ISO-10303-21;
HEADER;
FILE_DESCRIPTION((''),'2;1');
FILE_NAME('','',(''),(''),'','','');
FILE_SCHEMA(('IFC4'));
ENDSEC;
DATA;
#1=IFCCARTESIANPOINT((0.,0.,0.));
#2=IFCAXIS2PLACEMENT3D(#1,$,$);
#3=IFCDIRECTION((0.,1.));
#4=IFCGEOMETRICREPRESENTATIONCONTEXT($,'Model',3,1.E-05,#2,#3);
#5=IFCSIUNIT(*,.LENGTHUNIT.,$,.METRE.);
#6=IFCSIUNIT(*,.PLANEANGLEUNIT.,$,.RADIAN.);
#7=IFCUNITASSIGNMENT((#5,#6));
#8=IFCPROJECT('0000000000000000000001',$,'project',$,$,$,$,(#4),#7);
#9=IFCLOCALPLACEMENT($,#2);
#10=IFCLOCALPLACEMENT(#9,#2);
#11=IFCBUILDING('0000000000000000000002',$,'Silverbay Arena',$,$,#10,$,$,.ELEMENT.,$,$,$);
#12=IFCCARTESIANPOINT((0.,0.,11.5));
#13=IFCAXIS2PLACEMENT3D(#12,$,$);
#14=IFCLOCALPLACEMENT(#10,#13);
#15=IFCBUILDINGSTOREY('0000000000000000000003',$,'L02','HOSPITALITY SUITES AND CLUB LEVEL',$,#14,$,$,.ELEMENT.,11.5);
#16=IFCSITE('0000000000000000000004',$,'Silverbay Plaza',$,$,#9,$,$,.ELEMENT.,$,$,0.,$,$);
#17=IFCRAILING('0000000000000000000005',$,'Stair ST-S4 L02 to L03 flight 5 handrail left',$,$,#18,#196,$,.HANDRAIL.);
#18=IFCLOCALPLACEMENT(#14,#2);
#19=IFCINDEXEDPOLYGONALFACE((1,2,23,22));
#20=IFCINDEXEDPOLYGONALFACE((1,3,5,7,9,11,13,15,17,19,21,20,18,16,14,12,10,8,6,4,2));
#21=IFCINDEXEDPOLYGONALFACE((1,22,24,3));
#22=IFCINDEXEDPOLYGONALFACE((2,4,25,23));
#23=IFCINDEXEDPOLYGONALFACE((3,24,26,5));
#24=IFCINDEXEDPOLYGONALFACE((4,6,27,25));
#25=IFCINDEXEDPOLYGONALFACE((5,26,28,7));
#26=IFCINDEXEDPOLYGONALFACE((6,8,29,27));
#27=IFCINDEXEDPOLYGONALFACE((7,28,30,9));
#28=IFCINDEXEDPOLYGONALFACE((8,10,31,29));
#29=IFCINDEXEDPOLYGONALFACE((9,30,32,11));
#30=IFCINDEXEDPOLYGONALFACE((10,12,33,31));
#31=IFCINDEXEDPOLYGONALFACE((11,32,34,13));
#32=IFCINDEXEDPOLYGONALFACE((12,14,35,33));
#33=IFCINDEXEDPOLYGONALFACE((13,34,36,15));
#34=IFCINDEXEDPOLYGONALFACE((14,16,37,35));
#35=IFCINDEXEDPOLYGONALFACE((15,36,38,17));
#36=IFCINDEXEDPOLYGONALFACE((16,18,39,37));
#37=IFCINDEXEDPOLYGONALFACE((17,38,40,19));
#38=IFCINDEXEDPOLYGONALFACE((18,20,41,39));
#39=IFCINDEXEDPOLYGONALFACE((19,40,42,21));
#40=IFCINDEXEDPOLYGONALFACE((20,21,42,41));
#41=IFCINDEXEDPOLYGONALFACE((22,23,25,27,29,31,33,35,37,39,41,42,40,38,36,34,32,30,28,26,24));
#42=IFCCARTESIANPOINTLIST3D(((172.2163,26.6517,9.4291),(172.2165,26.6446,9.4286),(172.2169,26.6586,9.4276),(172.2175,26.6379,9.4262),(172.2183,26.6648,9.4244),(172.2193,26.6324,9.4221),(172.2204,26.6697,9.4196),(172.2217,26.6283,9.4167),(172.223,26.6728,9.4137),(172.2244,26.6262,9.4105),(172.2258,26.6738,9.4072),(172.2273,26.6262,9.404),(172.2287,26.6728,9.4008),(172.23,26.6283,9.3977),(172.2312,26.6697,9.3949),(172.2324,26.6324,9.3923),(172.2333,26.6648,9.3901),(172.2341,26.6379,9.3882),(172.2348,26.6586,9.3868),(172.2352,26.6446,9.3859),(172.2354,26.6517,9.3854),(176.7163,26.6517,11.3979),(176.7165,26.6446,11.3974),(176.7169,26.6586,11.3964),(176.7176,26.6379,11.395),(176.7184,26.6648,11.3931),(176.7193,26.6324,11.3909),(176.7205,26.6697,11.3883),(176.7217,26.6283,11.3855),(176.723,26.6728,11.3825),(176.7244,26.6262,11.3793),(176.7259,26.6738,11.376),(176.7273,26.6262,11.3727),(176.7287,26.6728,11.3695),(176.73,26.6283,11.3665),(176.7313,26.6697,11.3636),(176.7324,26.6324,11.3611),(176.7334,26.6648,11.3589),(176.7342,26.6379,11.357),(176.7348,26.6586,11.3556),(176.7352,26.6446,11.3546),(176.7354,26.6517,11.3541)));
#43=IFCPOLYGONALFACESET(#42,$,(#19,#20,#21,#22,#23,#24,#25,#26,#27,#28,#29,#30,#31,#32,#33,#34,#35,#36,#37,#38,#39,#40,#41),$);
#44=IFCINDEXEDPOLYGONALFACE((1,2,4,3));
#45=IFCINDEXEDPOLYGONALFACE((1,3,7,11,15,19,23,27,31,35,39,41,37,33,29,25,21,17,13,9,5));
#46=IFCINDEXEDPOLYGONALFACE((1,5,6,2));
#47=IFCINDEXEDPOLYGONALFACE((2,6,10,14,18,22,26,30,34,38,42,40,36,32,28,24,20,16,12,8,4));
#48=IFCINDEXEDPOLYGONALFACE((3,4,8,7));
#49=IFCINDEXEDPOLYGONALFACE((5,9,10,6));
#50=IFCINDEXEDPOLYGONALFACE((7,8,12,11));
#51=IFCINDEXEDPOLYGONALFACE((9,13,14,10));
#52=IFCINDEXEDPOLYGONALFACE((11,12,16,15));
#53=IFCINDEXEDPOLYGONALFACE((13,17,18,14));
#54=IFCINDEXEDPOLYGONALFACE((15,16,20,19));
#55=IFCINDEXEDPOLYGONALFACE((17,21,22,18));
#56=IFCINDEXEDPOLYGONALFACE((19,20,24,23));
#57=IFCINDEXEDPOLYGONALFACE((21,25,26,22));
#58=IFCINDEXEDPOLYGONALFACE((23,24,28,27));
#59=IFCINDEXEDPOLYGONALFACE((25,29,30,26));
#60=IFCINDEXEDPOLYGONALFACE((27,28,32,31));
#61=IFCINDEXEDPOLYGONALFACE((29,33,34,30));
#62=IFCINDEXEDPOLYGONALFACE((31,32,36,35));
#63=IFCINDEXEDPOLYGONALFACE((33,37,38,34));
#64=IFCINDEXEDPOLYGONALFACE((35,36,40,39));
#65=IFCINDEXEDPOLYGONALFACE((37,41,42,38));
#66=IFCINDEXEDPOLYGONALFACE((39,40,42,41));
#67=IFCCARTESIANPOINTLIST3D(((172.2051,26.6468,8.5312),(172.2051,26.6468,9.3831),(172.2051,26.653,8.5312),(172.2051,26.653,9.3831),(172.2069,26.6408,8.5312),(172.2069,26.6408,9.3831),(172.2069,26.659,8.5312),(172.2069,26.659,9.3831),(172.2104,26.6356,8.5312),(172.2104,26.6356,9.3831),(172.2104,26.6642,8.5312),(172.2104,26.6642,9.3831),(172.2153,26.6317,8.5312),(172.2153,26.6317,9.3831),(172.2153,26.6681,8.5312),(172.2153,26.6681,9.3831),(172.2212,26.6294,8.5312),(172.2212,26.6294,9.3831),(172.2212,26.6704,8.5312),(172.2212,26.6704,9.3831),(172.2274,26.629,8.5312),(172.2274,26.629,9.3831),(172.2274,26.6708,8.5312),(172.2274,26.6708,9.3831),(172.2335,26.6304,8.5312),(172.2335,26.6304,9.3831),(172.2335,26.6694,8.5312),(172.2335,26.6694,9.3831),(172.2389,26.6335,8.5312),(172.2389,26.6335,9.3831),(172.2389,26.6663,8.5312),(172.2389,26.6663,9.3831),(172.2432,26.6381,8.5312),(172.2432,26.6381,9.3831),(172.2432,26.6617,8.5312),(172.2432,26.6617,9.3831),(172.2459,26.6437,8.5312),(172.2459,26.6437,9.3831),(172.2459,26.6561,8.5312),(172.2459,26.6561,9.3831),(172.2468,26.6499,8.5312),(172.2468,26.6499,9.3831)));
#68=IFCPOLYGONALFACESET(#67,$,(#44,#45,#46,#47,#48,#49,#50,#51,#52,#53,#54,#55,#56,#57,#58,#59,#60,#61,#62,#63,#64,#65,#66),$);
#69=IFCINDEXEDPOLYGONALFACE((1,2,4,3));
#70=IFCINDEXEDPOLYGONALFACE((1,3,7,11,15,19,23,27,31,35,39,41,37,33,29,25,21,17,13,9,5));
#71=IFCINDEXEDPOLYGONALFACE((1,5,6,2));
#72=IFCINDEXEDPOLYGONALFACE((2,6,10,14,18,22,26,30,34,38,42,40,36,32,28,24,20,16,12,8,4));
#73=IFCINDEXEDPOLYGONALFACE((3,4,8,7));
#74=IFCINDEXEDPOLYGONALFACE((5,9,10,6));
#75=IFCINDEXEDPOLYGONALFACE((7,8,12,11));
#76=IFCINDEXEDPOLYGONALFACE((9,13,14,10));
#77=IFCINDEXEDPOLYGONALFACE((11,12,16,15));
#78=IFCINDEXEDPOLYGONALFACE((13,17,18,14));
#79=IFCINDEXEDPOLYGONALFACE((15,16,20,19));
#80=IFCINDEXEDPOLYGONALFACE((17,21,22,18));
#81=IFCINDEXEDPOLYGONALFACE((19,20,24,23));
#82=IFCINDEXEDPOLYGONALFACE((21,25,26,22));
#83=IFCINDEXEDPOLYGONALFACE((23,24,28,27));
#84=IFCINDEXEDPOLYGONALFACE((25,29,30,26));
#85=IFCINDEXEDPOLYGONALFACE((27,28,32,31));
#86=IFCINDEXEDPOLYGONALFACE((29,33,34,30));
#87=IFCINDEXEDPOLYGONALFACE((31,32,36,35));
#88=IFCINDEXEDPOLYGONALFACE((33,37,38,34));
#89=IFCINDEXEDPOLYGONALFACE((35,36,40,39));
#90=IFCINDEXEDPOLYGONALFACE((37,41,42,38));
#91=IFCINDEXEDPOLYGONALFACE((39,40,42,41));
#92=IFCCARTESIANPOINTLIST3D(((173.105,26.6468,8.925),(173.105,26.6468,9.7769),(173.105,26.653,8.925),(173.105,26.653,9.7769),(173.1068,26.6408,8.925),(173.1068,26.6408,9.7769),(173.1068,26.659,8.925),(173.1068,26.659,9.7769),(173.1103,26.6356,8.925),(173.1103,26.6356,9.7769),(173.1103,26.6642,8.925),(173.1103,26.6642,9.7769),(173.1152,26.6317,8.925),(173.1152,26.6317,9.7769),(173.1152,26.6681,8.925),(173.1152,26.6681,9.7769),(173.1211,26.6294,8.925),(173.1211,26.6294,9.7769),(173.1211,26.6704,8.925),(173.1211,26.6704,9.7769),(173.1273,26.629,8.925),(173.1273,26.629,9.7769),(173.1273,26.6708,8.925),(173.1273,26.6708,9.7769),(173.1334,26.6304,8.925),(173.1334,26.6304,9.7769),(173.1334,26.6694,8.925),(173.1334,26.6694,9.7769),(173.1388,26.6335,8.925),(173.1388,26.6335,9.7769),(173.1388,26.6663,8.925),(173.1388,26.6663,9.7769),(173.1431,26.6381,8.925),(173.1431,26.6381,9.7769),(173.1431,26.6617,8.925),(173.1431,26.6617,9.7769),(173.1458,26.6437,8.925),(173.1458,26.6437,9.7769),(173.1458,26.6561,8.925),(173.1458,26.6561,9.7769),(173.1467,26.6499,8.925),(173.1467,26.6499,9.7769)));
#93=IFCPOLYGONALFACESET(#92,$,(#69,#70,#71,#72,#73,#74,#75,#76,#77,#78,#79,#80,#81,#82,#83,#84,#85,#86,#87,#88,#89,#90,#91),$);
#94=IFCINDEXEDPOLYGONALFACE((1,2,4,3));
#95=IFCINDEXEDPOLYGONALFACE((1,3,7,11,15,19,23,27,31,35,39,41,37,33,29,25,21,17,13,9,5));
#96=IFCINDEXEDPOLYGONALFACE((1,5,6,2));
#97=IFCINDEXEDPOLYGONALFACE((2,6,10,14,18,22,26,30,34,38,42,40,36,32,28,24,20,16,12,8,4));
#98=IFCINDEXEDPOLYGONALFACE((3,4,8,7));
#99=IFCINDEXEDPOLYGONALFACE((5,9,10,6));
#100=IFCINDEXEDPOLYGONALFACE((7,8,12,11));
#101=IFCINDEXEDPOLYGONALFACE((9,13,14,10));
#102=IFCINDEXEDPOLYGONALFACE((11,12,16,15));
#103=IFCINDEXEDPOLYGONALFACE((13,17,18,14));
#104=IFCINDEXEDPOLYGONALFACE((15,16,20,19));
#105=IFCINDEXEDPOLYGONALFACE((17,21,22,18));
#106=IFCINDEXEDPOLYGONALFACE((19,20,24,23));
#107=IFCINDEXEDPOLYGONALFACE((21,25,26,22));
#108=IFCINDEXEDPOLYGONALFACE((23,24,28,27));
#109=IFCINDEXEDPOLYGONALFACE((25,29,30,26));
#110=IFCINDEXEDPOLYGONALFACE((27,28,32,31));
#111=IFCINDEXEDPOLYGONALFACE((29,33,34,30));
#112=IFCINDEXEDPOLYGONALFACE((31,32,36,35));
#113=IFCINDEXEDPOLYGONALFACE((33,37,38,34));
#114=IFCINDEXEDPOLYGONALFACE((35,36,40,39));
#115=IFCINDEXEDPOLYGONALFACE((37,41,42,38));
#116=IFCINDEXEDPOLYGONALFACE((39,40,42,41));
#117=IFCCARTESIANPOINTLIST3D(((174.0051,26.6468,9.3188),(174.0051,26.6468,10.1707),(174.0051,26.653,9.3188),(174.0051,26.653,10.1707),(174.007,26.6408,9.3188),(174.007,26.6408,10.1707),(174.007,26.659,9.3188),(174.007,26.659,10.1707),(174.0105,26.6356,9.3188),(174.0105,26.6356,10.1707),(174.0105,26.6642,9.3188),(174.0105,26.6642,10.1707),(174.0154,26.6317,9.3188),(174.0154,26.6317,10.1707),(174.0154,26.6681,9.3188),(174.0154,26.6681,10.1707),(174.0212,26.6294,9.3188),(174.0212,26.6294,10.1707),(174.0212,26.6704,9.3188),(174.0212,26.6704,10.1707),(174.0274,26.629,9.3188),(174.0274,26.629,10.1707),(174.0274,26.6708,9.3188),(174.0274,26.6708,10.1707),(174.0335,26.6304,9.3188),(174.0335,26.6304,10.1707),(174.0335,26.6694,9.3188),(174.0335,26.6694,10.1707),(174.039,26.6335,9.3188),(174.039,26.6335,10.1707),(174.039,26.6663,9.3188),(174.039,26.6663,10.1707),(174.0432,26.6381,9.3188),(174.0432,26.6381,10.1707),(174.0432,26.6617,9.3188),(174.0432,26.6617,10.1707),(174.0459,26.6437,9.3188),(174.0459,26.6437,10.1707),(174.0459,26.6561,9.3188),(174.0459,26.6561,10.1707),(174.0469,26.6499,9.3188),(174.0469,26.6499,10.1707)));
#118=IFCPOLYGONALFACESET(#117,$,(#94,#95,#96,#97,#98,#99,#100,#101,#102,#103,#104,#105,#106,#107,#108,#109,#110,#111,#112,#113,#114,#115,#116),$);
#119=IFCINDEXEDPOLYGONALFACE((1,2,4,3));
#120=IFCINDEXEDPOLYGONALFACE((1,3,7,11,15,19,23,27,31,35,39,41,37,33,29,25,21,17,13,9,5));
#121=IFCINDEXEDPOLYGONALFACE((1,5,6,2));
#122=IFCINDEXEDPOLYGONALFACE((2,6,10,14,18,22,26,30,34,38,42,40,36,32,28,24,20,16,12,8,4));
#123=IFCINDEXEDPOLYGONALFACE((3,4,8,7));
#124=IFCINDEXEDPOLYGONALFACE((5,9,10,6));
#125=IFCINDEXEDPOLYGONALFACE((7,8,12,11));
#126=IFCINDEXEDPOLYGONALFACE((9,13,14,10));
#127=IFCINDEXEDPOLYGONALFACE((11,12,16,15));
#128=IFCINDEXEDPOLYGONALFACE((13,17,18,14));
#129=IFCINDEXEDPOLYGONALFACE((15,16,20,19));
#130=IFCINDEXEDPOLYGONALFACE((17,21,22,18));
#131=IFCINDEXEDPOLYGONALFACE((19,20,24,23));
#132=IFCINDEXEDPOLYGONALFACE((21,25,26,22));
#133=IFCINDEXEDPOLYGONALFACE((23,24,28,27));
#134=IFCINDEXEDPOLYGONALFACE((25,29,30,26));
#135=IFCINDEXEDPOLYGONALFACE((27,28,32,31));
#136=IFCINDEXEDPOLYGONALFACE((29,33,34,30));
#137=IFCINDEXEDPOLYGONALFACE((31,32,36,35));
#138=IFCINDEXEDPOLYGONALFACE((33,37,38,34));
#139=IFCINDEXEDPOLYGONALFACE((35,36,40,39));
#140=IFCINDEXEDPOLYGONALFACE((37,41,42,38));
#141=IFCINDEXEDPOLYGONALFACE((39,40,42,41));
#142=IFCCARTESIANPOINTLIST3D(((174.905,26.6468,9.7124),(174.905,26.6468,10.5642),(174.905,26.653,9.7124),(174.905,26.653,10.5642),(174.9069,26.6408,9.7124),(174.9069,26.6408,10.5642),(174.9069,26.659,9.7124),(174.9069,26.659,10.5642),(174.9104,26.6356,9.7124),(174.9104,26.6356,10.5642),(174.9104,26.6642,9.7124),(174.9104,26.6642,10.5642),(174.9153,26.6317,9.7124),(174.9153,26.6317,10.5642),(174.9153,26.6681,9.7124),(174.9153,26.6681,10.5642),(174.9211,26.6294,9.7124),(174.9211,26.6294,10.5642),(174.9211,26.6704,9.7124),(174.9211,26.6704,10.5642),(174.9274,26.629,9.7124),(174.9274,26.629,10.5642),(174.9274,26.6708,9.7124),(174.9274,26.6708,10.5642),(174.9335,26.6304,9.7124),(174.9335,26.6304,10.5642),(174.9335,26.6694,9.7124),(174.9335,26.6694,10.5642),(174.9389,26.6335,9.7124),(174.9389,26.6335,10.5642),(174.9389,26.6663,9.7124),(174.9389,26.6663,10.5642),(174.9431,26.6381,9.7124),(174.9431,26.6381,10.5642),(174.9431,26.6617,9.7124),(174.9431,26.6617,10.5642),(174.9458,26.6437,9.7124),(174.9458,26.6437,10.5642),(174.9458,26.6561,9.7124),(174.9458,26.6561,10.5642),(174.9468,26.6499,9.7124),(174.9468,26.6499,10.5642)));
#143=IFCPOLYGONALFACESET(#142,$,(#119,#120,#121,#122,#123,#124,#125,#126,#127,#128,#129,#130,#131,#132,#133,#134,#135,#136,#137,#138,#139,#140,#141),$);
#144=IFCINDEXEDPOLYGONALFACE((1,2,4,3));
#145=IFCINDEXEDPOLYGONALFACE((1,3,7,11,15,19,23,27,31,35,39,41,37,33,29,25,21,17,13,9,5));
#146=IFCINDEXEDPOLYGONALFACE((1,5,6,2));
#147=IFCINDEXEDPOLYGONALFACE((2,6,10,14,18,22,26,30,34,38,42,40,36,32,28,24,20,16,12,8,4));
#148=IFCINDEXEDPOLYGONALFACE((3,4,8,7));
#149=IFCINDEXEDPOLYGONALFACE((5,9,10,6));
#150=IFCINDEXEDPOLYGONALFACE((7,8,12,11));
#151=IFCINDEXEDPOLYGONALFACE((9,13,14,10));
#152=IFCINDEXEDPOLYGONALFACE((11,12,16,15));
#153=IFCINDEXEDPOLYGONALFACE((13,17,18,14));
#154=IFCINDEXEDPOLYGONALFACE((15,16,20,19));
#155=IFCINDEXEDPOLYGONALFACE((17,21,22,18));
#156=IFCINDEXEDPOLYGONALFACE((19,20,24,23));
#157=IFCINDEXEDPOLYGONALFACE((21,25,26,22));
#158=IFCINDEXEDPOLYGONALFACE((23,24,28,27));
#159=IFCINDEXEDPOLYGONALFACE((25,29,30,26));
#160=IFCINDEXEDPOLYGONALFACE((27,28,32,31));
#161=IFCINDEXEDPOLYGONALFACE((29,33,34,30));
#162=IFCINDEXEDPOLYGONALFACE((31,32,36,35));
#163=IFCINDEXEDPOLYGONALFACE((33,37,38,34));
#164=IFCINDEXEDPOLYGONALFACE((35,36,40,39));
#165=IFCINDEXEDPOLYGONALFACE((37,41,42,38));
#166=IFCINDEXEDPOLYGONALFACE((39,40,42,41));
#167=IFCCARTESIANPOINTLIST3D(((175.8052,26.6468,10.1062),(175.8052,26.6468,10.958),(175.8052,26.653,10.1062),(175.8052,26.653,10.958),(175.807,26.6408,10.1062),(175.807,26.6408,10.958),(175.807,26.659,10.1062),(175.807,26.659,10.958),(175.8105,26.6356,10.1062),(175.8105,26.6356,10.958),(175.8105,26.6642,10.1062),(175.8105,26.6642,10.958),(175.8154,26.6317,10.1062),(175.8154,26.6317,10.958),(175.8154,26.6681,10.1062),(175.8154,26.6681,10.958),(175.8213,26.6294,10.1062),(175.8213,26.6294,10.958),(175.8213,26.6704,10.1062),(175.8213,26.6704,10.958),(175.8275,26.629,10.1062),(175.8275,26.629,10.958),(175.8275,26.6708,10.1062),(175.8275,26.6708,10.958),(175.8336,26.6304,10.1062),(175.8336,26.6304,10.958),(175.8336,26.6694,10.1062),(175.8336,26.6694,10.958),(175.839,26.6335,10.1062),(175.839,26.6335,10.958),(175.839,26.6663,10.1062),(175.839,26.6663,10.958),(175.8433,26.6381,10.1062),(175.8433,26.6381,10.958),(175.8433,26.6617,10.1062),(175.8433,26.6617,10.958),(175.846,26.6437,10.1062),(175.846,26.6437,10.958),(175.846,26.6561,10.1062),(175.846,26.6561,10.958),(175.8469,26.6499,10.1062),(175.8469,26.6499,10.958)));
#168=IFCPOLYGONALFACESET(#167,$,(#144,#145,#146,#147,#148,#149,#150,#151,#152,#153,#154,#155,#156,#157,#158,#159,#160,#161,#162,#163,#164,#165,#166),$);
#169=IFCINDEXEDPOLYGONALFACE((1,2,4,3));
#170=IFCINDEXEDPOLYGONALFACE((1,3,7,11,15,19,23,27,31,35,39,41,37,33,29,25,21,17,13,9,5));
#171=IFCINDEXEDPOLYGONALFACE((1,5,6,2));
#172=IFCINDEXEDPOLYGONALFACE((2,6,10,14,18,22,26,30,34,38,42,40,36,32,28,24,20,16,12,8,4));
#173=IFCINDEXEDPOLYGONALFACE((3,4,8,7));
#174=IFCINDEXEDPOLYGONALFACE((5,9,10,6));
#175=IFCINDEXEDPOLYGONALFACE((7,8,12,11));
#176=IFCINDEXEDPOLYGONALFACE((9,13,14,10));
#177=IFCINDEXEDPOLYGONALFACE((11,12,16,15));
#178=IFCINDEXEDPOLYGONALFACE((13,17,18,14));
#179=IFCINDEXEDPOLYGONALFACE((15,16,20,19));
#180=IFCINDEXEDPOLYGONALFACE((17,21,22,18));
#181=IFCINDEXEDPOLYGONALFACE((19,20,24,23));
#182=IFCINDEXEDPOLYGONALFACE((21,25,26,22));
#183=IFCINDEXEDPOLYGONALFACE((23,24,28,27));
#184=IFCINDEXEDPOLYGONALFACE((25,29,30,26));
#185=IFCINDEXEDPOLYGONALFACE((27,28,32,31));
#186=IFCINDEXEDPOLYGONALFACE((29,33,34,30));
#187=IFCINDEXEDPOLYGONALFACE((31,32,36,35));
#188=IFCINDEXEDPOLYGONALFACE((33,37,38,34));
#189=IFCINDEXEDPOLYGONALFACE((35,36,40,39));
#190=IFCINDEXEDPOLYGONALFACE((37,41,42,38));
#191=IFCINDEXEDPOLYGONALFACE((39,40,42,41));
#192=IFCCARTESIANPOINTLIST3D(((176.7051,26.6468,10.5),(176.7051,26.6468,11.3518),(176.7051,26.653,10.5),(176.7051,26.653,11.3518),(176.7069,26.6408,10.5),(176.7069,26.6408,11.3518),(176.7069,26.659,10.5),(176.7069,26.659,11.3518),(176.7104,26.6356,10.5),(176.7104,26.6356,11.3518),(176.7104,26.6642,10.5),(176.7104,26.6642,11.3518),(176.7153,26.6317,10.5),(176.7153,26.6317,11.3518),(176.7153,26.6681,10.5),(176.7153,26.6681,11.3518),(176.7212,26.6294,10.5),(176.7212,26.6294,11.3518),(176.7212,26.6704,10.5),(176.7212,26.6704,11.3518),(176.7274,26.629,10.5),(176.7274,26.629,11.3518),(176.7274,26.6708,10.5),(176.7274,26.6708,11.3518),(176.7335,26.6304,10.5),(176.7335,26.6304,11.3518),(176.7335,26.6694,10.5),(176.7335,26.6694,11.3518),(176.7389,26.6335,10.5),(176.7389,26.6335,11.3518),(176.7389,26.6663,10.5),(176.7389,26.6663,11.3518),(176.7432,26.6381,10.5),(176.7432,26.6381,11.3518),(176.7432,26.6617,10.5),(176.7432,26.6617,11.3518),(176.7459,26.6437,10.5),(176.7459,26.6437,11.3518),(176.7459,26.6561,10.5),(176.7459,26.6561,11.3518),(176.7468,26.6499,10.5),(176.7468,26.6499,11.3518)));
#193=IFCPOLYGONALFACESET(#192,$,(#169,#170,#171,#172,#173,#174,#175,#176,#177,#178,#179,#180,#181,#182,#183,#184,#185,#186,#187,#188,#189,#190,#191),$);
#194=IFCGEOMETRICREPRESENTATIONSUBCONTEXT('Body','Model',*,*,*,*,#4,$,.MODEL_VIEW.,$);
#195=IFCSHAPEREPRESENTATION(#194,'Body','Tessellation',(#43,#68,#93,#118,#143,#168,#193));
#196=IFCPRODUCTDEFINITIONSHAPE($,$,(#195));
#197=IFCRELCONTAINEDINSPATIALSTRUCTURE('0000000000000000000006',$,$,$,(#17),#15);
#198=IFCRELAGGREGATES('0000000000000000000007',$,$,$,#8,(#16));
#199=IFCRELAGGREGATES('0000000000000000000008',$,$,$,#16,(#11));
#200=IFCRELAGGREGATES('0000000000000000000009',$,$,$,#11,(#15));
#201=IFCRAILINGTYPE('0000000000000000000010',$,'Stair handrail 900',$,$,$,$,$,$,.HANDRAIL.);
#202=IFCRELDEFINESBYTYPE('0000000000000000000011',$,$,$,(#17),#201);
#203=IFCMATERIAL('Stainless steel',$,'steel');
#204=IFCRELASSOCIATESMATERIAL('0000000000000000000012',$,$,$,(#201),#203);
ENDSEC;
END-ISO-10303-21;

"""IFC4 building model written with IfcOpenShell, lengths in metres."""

from ifc_helpers import new_model, si_unit, direction, frame, origin, origin_2d, place, context, subcontext, project, spatial, circle, extrude, material, type_object, element, save


model = new_model("IFC4")

# Units and contexts
model_context = context("Model", 3, precision=1e-05, world=origin(), true_north=direction((0.0, 1.0)))
body_context = subcontext(model_context, "Body", "Model", "MODEL_VIEW")
ifc_project = project(units=[si_unit("LENGTHUNIT", "METRE"), si_unit("PLANEANGLEUNIT", "RADIAN")], contexts=[model_context])

# Site, building, storey
site_placement = place(None, origin())
site = spatial("IfcSite", under=ifc_project, at=site_placement, Name="Silverbay Plaza", CompositionType="ELEMENT", RefElevation=0.0)
building_placement = place(site_placement, origin())
building = spatial("IfcBuilding", under=site, at=building_placement, Name="Silverbay Arena", CompositionType="ELEMENT")
storey_placement = place(building_placement, frame((0.0, 0.0, 11.5)))
storey = spatial("IfcBuildingStorey", under=building, at=storey_placement, Name="L02", Description="HOSPITALITY SUITES AND CLUB LEVEL", CompositionType="ELEMENT", Elevation=11.5)

# Railing
ifc_material_1 = material(Name="Stainless steel", Category="steel")
railing_type_1 = type_object("IfcRailingType", Name="Stair handrail 900", PredefinedType="HANDRAIL", material=ifc_material_1)
for number, where, name in (
    (1, (172.2258, 26.6499, 8.5312), "Stair ST-S4 L02 to L03 flight 5 handrail left"),
):
    element("IfcRailing", number, at=place(storey_placement, frame(where)), inside=storey, type_object=railing_type_1, Name=name, PredefinedType="HANDRAIL", context=body_context, shape_type="SweptSolid", body=[
        extrude(circle(Radius=0.0239, at=origin_2d()), frame((0.0, 0.0, 0.876), z_axis=(0.916157, 0.0, 0.400819), x_axis=(0.0, 1.0, 0.0)), (0.0, 0.0, 1.0), 4.9119),
        extrude(circle(Radius=0.021, at=origin_2d()), origin(), (0.0, 0.0, 1.0), 0.8518),
        extrude(circle(Radius=0.021, at=origin_2d()), frame((0.8999, 0.0, 0.3938)), (0.0, 0.0, 1.0), 0.8518),
        extrude(circle(Radius=0.021, at=origin_2d()), frame((1.8, 0.0, 0.7876)), (0.0, 0.0, 1.0), 0.8518),
        extrude(circle(Radius=0.021, at=origin_2d()), frame((2.7, 0.0, 1.1812)), (0.0, 0.0, 1.0), 0.8518),
        extrude(circle(Radius=0.021, at=origin_2d()), frame((3.6001, 0.0, 1.575)), (0.0, 0.0, 1.0), 0.8518),
        extrude(circle(Radius=0.021, at=origin_2d()), frame((4.5, 0.0, 1.9688)), (0.0, 0.0, 1.0), 0.8518),
    ])

save(model, "model.ifc")
